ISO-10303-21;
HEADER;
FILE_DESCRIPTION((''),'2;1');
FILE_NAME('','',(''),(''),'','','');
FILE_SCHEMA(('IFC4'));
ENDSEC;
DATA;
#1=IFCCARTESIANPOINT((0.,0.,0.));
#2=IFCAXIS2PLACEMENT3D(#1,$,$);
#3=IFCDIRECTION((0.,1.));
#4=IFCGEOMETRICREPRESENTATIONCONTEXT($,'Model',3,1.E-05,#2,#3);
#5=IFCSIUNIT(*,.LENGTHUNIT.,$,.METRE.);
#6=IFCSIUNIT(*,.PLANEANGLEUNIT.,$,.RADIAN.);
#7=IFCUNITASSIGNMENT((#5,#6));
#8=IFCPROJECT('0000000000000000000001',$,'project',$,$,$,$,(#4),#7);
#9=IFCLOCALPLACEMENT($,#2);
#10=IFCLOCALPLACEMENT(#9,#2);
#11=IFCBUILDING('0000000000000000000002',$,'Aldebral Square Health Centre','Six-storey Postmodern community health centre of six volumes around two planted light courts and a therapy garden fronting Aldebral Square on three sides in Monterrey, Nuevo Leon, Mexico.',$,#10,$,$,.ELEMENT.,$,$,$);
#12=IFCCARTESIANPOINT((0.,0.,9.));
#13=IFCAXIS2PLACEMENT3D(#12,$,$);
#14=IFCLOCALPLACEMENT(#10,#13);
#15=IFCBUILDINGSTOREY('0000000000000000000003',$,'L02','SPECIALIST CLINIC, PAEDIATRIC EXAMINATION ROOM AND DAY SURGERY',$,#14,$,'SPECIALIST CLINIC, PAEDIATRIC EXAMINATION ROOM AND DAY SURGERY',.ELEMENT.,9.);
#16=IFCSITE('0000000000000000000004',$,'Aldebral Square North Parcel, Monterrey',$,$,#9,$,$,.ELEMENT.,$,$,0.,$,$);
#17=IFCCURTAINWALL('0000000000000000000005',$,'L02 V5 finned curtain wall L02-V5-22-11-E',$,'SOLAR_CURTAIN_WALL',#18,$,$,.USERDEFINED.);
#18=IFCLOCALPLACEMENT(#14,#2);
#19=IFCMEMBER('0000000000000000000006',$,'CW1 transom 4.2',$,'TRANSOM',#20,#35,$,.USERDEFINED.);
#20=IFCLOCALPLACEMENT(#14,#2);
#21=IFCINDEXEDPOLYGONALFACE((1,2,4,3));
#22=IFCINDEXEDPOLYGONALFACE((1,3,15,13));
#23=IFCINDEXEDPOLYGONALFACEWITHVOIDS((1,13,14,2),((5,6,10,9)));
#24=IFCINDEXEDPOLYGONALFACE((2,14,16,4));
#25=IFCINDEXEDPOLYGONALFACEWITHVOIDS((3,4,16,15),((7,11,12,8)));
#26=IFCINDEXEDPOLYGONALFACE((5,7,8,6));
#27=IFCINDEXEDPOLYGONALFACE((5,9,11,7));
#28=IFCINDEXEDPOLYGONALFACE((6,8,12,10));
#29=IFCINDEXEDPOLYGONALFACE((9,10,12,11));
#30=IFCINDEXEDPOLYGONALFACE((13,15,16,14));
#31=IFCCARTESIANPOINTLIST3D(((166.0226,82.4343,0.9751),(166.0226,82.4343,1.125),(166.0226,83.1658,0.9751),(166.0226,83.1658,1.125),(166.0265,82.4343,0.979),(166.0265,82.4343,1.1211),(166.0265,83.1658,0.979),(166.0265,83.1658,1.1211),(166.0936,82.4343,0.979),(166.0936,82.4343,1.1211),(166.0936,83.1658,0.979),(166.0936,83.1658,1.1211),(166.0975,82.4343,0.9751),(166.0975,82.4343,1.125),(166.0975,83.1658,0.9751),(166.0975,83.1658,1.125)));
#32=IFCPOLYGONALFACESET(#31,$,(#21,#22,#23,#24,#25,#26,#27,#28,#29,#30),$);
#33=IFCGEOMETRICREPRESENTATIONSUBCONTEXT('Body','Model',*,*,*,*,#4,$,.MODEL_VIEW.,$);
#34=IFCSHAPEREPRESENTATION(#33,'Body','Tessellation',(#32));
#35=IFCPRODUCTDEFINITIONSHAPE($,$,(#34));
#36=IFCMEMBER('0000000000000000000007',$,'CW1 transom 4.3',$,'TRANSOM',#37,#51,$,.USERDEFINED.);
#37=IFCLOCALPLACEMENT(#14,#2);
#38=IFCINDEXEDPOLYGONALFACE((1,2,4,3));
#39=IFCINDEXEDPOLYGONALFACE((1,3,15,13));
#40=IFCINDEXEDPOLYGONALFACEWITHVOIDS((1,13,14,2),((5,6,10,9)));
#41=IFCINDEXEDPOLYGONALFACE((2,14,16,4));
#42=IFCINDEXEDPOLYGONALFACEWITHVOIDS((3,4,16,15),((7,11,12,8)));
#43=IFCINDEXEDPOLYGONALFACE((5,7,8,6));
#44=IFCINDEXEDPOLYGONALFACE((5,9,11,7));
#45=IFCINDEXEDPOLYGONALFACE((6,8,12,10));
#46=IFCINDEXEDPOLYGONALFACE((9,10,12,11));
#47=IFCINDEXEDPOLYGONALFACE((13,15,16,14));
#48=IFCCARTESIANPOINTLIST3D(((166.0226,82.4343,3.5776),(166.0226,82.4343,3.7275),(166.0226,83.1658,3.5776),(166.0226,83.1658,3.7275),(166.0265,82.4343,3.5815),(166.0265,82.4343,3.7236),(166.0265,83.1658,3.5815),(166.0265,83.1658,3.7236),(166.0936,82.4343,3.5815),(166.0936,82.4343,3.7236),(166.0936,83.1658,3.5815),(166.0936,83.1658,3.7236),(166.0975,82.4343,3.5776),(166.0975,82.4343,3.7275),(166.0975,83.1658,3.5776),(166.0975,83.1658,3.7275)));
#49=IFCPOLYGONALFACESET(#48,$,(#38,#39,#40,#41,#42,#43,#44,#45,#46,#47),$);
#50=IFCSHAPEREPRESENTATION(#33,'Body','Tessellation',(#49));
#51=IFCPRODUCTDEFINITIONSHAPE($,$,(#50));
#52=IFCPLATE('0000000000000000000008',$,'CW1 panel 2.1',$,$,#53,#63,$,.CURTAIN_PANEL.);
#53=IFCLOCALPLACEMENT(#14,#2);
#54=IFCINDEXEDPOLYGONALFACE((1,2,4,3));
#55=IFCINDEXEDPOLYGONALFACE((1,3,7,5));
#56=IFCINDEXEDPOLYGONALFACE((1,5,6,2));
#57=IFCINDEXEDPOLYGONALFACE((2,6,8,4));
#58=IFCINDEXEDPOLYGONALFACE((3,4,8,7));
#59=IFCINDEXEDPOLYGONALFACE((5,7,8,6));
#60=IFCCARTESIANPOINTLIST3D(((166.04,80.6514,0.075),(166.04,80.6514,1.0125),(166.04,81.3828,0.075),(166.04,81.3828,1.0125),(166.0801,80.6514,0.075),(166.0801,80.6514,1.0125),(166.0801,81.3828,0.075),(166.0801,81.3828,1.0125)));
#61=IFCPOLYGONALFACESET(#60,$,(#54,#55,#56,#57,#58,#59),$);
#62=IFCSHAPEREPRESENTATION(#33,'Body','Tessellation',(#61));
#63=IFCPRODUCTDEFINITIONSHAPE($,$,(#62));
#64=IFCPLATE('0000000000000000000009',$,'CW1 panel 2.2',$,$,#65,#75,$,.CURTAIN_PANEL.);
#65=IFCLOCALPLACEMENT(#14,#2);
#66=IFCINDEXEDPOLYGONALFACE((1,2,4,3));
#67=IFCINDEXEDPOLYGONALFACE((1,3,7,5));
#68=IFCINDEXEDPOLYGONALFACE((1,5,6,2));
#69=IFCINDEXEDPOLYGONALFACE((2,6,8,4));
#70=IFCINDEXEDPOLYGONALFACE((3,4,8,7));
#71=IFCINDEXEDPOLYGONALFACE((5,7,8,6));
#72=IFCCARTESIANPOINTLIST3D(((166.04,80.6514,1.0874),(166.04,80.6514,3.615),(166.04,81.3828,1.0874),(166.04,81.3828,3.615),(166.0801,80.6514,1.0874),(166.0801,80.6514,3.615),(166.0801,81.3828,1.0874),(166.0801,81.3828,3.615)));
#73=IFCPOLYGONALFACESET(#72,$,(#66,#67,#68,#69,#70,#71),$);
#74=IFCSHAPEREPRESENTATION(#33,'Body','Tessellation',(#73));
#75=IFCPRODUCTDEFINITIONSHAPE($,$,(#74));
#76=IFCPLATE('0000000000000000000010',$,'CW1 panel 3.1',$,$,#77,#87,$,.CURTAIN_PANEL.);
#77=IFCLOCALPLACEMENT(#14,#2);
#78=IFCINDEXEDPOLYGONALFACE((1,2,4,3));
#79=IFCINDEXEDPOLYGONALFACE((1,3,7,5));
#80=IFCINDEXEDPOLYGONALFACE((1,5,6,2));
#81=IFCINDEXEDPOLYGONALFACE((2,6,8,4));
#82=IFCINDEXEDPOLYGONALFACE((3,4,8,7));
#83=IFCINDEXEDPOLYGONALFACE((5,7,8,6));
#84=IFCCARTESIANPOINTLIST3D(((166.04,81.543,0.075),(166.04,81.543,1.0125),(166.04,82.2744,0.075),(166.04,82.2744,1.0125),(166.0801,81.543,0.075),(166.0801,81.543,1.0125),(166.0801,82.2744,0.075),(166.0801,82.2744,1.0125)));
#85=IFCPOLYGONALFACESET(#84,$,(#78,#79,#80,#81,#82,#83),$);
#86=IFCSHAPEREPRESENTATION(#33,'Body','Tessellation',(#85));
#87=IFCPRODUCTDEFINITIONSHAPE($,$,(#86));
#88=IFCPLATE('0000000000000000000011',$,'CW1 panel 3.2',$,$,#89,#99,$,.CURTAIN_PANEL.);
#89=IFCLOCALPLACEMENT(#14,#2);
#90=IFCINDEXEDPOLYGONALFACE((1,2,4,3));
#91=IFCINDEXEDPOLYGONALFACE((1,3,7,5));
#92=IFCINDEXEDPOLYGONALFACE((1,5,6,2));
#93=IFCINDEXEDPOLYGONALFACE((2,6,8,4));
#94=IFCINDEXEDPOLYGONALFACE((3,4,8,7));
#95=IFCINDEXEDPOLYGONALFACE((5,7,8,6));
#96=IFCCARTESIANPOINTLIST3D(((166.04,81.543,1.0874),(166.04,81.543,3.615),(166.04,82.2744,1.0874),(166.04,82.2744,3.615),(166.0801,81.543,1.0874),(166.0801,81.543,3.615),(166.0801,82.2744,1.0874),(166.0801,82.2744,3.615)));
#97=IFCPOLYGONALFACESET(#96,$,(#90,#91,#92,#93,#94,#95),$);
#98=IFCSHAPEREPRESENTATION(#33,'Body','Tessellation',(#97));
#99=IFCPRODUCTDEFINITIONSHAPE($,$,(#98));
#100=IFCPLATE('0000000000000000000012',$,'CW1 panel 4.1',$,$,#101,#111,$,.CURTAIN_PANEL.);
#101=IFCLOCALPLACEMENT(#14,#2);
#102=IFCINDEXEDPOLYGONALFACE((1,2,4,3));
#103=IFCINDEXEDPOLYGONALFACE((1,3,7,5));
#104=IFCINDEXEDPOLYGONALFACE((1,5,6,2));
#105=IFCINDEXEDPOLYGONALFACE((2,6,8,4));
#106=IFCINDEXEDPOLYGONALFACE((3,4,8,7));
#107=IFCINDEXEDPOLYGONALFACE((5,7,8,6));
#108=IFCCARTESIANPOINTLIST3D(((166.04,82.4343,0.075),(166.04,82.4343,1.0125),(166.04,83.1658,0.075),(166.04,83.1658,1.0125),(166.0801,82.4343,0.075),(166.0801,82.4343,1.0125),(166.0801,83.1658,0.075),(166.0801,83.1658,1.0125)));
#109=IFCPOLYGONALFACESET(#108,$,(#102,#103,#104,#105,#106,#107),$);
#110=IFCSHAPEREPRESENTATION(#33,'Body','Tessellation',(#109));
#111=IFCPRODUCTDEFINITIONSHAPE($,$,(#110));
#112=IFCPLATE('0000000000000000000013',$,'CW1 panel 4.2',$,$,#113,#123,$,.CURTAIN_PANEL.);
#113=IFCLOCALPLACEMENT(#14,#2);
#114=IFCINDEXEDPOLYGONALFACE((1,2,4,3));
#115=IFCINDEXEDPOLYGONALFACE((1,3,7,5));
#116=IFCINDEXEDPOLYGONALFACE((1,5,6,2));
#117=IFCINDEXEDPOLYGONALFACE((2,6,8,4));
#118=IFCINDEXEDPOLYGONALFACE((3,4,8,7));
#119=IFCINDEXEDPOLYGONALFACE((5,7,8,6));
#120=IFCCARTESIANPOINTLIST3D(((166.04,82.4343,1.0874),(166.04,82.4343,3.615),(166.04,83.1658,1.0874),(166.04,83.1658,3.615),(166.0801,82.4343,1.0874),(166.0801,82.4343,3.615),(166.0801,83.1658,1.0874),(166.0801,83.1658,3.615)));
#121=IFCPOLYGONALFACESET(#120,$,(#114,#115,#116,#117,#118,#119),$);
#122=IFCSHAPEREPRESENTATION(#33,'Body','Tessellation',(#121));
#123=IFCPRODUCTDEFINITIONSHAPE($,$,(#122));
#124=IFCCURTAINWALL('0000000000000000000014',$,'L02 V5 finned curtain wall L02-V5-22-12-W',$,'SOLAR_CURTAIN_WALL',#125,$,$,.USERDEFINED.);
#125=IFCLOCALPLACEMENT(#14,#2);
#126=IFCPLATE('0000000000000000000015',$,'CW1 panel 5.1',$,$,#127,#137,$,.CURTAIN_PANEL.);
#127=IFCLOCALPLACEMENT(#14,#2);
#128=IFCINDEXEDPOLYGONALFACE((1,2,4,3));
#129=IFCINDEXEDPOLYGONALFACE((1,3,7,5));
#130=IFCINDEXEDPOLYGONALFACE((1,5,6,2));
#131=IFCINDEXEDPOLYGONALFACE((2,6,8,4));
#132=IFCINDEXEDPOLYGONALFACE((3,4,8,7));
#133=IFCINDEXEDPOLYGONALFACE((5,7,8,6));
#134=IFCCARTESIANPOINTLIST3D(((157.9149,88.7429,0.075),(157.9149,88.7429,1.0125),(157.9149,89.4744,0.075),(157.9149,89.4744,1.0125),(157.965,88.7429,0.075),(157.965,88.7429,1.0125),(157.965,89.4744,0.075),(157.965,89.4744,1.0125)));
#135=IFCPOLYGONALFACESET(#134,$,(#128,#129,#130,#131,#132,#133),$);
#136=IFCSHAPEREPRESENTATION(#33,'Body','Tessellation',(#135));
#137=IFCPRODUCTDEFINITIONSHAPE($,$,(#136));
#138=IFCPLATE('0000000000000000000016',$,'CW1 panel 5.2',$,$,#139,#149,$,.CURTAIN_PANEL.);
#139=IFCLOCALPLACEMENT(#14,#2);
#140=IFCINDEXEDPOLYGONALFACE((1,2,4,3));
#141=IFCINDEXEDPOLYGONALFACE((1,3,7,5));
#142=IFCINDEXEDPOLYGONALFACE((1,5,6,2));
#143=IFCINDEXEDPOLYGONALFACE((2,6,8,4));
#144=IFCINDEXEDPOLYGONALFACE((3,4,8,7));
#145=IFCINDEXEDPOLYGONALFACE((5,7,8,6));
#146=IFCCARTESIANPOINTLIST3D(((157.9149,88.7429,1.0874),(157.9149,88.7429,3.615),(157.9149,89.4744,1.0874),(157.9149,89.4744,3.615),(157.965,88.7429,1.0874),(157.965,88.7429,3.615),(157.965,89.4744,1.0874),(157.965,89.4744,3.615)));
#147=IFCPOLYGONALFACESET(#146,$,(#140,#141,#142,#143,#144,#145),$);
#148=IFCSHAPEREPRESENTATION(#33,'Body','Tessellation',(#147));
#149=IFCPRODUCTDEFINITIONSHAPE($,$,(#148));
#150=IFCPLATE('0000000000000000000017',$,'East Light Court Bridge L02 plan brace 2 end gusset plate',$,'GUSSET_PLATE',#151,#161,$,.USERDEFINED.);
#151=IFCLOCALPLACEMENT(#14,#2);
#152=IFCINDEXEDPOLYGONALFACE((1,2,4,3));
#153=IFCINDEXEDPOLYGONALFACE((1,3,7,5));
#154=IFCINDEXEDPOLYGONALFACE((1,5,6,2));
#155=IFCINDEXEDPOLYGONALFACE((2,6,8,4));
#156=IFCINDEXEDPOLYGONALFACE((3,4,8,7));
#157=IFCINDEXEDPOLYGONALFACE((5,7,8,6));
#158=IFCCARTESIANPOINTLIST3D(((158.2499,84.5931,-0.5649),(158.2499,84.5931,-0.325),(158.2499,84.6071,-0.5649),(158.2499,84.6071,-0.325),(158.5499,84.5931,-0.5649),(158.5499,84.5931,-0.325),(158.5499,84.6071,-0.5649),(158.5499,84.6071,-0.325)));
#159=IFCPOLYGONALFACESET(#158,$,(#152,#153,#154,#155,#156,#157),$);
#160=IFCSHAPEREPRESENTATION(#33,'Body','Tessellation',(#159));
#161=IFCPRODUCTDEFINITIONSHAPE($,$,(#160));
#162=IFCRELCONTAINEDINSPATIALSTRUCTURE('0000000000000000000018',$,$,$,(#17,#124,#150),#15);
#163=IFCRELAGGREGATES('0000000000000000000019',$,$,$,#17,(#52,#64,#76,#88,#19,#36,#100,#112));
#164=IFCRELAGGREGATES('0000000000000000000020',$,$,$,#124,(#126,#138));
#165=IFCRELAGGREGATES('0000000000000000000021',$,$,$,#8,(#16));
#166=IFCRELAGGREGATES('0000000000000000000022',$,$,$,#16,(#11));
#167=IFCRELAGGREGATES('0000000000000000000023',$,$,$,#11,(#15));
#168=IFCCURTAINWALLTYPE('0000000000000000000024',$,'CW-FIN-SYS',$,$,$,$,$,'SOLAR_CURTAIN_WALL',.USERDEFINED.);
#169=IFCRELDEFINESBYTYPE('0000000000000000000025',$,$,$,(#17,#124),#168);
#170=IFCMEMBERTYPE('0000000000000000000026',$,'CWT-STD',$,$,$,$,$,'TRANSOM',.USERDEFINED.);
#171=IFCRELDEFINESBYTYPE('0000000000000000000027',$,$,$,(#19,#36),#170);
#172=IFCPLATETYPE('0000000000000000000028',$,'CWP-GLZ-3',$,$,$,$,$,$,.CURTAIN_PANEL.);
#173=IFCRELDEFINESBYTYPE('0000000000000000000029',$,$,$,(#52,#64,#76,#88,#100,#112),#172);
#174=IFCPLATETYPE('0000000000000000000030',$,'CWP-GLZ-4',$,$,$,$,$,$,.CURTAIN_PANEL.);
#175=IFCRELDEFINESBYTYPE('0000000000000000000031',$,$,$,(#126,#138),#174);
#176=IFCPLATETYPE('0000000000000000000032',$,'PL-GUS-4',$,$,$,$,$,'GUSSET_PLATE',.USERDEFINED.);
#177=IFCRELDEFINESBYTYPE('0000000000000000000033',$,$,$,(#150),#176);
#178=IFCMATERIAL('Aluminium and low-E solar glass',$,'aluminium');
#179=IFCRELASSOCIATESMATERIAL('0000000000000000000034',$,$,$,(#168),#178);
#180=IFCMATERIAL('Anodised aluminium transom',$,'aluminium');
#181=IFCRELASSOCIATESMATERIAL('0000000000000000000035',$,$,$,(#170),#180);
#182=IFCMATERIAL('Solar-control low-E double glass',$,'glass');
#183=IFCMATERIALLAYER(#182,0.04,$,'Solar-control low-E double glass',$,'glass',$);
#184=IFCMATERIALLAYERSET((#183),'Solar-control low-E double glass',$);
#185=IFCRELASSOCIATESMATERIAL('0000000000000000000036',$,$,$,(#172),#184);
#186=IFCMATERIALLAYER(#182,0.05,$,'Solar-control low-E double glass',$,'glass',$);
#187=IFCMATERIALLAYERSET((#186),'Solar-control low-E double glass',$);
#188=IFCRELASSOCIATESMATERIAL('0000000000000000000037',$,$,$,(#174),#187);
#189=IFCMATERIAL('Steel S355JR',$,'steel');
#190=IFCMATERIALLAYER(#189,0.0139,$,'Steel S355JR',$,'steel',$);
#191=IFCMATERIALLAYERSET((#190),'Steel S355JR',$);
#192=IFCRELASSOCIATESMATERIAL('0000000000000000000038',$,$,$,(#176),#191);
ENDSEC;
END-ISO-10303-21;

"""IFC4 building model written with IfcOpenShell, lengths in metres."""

from ifc_helpers import new_model, si_unit, direction, frame, origin, origin_2d, place, context, subcontext, project, spatial, rectangle, hollow_rectangle, extrude, material, layer, layer_set, material_profile, profile_set, type_object, element, aggregate, save


model = new_model("IFC4")

# Units and contexts
model_context = context("Model", 3, precision=1e-05, world=origin(), true_north=direction((0.0, 1.0)))
body_context = subcontext(model_context, "Body", "Model", "MODEL_VIEW")
ifc_project = project(units=[si_unit("LENGTHUNIT", "METRE"), si_unit("PLANEANGLEUNIT", "RADIAN")], contexts=[model_context])

# Site, building, storey
site_placement = place(None, origin())
site = spatial("IfcSite", under=ifc_project, at=site_placement, Name="Aldebral Square North Parcel, Monterrey", CompositionType="ELEMENT", RefElevation=0.0)
building_placement = place(site_placement, origin())
building = spatial("IfcBuilding", under=site, at=building_placement, Name="Aldebral Square Health Centre", Description="Six-storey Postmodern community health centre of six volumes around two planted light courts and a therapy garden fronting Aldebral Square on three sides in Monterrey, Nuevo Leon, Mexico.", CompositionType="ELEMENT")
storey_placement = place(building_placement, frame((0.0, 0.0, 9.0)))
storey = spatial("IfcBuildingStorey", under=building, at=storey_placement, Name="L02", Description="SPECIALIST CLINIC, PAEDIATRIC EXAMINATION ROOM AND DAY SURGERY", LongName="SPECIALIST CLINIC, PAEDIATRIC EXAMINATION ROOM AND DAY SURGERY", CompositionType="ELEMENT", Elevation=9.0)

# Curtain wall, members, plates
ifc_material_1 = material(Name="Aluminium and low-E solar glass", Category="aluminium")
curtain_wall_type = type_object("IfcCurtainWallType", Name="CW-FIN-SYS", ElementType="SOLAR_CURTAIN_WALL", PredefinedType="USERDEFINED", material=ifc_material_1)
curtain_wall_1_placement = place(storey_placement, origin())
curtain_wall_1 = element("IfcCurtainWall", 1, at=curtain_wall_1_placement, inside=storey, type_object=curtain_wall_type, Name="L02 V5 finned curtain wall L02-V5-22-11-E", ObjectType="SOLAR_CURTAIN_WALL", PredefinedType="USERDEFINED")
ifc_material_2 = material(Name="Anodised aluminium transom", Category="aluminium")
ifc_material_profile_1 = material_profile(ifc_material_2, hollow_rectangle(XDim=0.075, YDim=0.1499, WallThickness=0.0039, at=origin_2d()), Name="CWT 75x150x4")
ifc_profile_set_1 = profile_set([ifc_material_profile_1], Name="Anodised aluminium transom")
member_type_1 = type_object("IfcMemberType", Name="CWT-STD", ElementType="TRANSOM", PredefinedType="USERDEFINED", material=ifc_profile_set_1)
member_1_placement = place(storey_placement, frame((166.0601, 82.4343, 1.05), z_axis=(0.0, 1.0, 0.0), x_axis=(-1.0, 0.0, 0.0)))
member_1 = element("IfcMember", 2, at=member_1_placement, type_object=member_type_1, Name="CW1 transom 4.2", ObjectType="TRANSOM", PredefinedType="USERDEFINED", context=body_context, shape_type="SweptSolid", body=[
    extrude(hollow_rectangle(XDim=0.075, YDim=0.1499, WallThickness=0.0039, at=origin_2d()), origin(), (0.0, 0.0, 1.0), 0.7314),
])
member_2_placement = place(storey_placement, frame((166.0601, 82.4343, 3.6526), z_axis=(0.0, 1.0, 0.0), x_axis=(-1.0, 0.0, 0.0)))
member_2 = element("IfcMember", 3, at=member_2_placement, type_object=member_type_1, Name="CW1 transom 4.3", ObjectType="TRANSOM", PredefinedType="USERDEFINED", context=body_context, shape_type="SweptSolid", body=[
    extrude(hollow_rectangle(XDim=0.075, YDim=0.1499, WallThickness=0.0039, at=origin_2d()), origin(), (0.0, 0.0, 1.0), 0.7314),
])
ifc_material_3 = material(Name="Solar-control low-E double glass", Category="glass")
ifc_layer_1 = layer(ifc_material_3, 0.04, Name="Solar-control low-E double glass", Category="glass")
ifc_layer_set_1 = layer_set([ifc_layer_1], Name="Solar-control low-E double glass")
plate_type_1 = type_object("IfcPlateType", Name="CWP-GLZ-3", PredefinedType="CURTAIN_PANEL", material=ifc_layer_set_1)
plate_1_placement = place(storey_placement, frame((166.0601, 81.0171, 0.075), z_axis=(0.0, 0.0, 1.0), x_axis=(0.0, 1.0, 0.0)))
plate_1 = element("IfcPlate", 4, at=plate_1_placement, type_object=plate_type_1, Name="CW1 panel 2.1", PredefinedType="CURTAIN_PANEL", context=body_context, shape_type="SweptSolid", body=[
    extrude(rectangle(XDim=0.7314, YDim=0.04, at=origin_2d()), origin(), (0.0, 0.0, 1.0), 0.9375),
])
plate_2_placement = place(storey_placement, frame((166.0601, 81.0171, 1.0874), z_axis=(0.0, 0.0, 1.0), x_axis=(0.0, 1.0, 0.0)))
plate_2 = element("IfcPlate", 5, at=plate_2_placement, type_object=plate_type_1, Name="CW1 panel 2.2", PredefinedType="CURTAIN_PANEL", context=body_context, shape_type="SweptSolid", body=[
    extrude(rectangle(XDim=0.7314, YDim=0.04, at=origin_2d()), origin(), (0.0, 0.0, 1.0), 2.5276),
])
plate_3_placement = place(storey_placement, frame((166.0601, 81.9087, 0.075), z_axis=(0.0, 0.0, 1.0), x_axis=(0.0, 1.0, 0.0)))
plate_3 = element("IfcPlate", 6, at=plate_3_placement, type_object=plate_type_1, Name="CW1 panel 3.1", PredefinedType="CURTAIN_PANEL", context=body_context, shape_type="SweptSolid", body=[
    extrude(rectangle(XDim=0.7314, YDim=0.04, at=origin_2d()), origin(), (0.0, 0.0, 1.0), 0.9375),
])
plate_4_placement = place(storey_placement, frame((166.0601, 81.9087, 1.0874), z_axis=(0.0, 0.0, 1.0), x_axis=(0.0, 1.0, 0.0)))
plate_4 = element("IfcPlate", 7, at=plate_4_placement, type_object=plate_type_1, Name="CW1 panel 3.2", PredefinedType="CURTAIN_PANEL", context=body_context, shape_type="SweptSolid", body=[
    extrude(rectangle(XDim=0.7314, YDim=0.04, at=origin_2d()), origin(), (0.0, 0.0, 1.0), 2.5276),
])
plate_5_placement = place(storey_placement, frame((166.0601, 82.8, 0.075), z_axis=(0.0, 0.0, 1.0), x_axis=(0.0, 1.0, 0.0)))
plate_5 = element("IfcPlate", 8, at=plate_5_placement, type_object=plate_type_1, Name="CW1 panel 4.1", PredefinedType="CURTAIN_PANEL", context=body_context, shape_type="SweptSolid", body=[
    extrude(rectangle(XDim=0.7314, YDim=0.04, at=origin_2d()), origin(), (0.0, 0.0, 1.0), 0.9375),
])
plate_6_placement = place(storey_placement, frame((166.0601, 82.8, 1.0874), z_axis=(0.0, 0.0, 1.0), x_axis=(0.0, 1.0, 0.0)))
plate_6 = element("IfcPlate", 9, at=plate_6_placement, type_object=plate_type_1, Name="CW1 panel 4.2", PredefinedType="CURTAIN_PANEL", context=body_context, shape_type="SweptSolid", body=[
    extrude(rectangle(XDim=0.7314, YDim=0.04, at=origin_2d()), origin(), (0.0, 0.0, 1.0), 2.5276),
])
aggregate(curtain_wall_1, [plate_1, plate_2, plate_3, plate_4, member_1, member_2, plate_5, plate_6])

# Curtain wall, plates
curtain_wall_2_placement = place(storey_placement, origin())
curtain_wall_2 = element("IfcCurtainWall", 10, at=curtain_wall_2_placement, inside=storey, type_object=curtain_wall_type, Name="L02 V5 finned curtain wall L02-V5-22-12-W", ObjectType="SOLAR_CURTAIN_WALL", PredefinedType="USERDEFINED")
ifc_layer_2 = layer(ifc_material_3, 0.05, Name="Solar-control low-E double glass", Category="glass")
ifc_layer_set_2 = layer_set([ifc_layer_2], Name="Solar-control low-E double glass")
plate_type_2 = type_object("IfcPlateType", Name="CWP-GLZ-4", PredefinedType="CURTAIN_PANEL", material=ifc_layer_set_2)
plate_7_placement = place(storey_placement, frame((157.9399, 89.1086, 0.075), z_axis=(0.0, 0.0, 1.0), x_axis=(0.0, -1.0, 0.0)))
plate_7 = element("IfcPlate", 11, at=plate_7_placement, type_object=plate_type_2, Name="CW1 panel 5.1", PredefinedType="CURTAIN_PANEL", context=body_context, shape_type="SweptSolid", body=[
    extrude(rectangle(XDim=0.7314, YDim=0.05, at=origin_2d()), origin(), (0.0, 0.0, 1.0), 0.9375),
])
plate_8_placement = place(storey_placement, frame((157.9399, 89.1086, 1.0874), z_axis=(0.0, 0.0, 1.0), x_axis=(0.0, -1.0, 0.0)))
plate_8 = element("IfcPlate", 12, at=plate_8_placement, type_object=plate_type_2, Name="CW1 panel 5.2", PredefinedType="CURTAIN_PANEL", context=body_context, shape_type="SweptSolid", body=[
    extrude(rectangle(XDim=0.7314, YDim=0.05, at=origin_2d()), origin(), (0.0, 0.0, 1.0), 2.5276),
])
aggregate(curtain_wall_2, [plate_7, plate_8])

# Plate
ifc_material_4 = material(Name="Steel S355JR", Category="steel")
ifc_layer_3 = layer(ifc_material_4, 0.0139, Name="Steel S355JR", Category="steel")
ifc_layer_set_3 = layer_set([ifc_layer_3], Name="Steel S355JR")
plate_type_3 = type_object("IfcPlateType", Name="PL-GUS-4", ElementType="GUSSET_PLATE", PredefinedType="USERDEFINED", material=ifc_layer_set_3)
plate_9_placement = place(storey_placement, frame((158.3999, 84.6001, -0.5649), z_axis=(0.0, 0.0, 1.0), x_axis=(1.0, 0.0, 0.0)))
element("IfcPlate", 13, at=plate_9_placement, inside=storey, type_object=plate_type_3, Name="East Light Court Bridge L02 plan brace 2 end gusset plate", ObjectType="GUSSET_PLATE", PredefinedType="USERDEFINED", context=body_context, shape_type="SweptSolid", body=[
    extrude(rectangle(XDim=0.3, YDim=0.0139, at=origin_2d()), origin(), (0.0, 0.0, 1.0), 0.24),
])

save(model, "model.ifc")
